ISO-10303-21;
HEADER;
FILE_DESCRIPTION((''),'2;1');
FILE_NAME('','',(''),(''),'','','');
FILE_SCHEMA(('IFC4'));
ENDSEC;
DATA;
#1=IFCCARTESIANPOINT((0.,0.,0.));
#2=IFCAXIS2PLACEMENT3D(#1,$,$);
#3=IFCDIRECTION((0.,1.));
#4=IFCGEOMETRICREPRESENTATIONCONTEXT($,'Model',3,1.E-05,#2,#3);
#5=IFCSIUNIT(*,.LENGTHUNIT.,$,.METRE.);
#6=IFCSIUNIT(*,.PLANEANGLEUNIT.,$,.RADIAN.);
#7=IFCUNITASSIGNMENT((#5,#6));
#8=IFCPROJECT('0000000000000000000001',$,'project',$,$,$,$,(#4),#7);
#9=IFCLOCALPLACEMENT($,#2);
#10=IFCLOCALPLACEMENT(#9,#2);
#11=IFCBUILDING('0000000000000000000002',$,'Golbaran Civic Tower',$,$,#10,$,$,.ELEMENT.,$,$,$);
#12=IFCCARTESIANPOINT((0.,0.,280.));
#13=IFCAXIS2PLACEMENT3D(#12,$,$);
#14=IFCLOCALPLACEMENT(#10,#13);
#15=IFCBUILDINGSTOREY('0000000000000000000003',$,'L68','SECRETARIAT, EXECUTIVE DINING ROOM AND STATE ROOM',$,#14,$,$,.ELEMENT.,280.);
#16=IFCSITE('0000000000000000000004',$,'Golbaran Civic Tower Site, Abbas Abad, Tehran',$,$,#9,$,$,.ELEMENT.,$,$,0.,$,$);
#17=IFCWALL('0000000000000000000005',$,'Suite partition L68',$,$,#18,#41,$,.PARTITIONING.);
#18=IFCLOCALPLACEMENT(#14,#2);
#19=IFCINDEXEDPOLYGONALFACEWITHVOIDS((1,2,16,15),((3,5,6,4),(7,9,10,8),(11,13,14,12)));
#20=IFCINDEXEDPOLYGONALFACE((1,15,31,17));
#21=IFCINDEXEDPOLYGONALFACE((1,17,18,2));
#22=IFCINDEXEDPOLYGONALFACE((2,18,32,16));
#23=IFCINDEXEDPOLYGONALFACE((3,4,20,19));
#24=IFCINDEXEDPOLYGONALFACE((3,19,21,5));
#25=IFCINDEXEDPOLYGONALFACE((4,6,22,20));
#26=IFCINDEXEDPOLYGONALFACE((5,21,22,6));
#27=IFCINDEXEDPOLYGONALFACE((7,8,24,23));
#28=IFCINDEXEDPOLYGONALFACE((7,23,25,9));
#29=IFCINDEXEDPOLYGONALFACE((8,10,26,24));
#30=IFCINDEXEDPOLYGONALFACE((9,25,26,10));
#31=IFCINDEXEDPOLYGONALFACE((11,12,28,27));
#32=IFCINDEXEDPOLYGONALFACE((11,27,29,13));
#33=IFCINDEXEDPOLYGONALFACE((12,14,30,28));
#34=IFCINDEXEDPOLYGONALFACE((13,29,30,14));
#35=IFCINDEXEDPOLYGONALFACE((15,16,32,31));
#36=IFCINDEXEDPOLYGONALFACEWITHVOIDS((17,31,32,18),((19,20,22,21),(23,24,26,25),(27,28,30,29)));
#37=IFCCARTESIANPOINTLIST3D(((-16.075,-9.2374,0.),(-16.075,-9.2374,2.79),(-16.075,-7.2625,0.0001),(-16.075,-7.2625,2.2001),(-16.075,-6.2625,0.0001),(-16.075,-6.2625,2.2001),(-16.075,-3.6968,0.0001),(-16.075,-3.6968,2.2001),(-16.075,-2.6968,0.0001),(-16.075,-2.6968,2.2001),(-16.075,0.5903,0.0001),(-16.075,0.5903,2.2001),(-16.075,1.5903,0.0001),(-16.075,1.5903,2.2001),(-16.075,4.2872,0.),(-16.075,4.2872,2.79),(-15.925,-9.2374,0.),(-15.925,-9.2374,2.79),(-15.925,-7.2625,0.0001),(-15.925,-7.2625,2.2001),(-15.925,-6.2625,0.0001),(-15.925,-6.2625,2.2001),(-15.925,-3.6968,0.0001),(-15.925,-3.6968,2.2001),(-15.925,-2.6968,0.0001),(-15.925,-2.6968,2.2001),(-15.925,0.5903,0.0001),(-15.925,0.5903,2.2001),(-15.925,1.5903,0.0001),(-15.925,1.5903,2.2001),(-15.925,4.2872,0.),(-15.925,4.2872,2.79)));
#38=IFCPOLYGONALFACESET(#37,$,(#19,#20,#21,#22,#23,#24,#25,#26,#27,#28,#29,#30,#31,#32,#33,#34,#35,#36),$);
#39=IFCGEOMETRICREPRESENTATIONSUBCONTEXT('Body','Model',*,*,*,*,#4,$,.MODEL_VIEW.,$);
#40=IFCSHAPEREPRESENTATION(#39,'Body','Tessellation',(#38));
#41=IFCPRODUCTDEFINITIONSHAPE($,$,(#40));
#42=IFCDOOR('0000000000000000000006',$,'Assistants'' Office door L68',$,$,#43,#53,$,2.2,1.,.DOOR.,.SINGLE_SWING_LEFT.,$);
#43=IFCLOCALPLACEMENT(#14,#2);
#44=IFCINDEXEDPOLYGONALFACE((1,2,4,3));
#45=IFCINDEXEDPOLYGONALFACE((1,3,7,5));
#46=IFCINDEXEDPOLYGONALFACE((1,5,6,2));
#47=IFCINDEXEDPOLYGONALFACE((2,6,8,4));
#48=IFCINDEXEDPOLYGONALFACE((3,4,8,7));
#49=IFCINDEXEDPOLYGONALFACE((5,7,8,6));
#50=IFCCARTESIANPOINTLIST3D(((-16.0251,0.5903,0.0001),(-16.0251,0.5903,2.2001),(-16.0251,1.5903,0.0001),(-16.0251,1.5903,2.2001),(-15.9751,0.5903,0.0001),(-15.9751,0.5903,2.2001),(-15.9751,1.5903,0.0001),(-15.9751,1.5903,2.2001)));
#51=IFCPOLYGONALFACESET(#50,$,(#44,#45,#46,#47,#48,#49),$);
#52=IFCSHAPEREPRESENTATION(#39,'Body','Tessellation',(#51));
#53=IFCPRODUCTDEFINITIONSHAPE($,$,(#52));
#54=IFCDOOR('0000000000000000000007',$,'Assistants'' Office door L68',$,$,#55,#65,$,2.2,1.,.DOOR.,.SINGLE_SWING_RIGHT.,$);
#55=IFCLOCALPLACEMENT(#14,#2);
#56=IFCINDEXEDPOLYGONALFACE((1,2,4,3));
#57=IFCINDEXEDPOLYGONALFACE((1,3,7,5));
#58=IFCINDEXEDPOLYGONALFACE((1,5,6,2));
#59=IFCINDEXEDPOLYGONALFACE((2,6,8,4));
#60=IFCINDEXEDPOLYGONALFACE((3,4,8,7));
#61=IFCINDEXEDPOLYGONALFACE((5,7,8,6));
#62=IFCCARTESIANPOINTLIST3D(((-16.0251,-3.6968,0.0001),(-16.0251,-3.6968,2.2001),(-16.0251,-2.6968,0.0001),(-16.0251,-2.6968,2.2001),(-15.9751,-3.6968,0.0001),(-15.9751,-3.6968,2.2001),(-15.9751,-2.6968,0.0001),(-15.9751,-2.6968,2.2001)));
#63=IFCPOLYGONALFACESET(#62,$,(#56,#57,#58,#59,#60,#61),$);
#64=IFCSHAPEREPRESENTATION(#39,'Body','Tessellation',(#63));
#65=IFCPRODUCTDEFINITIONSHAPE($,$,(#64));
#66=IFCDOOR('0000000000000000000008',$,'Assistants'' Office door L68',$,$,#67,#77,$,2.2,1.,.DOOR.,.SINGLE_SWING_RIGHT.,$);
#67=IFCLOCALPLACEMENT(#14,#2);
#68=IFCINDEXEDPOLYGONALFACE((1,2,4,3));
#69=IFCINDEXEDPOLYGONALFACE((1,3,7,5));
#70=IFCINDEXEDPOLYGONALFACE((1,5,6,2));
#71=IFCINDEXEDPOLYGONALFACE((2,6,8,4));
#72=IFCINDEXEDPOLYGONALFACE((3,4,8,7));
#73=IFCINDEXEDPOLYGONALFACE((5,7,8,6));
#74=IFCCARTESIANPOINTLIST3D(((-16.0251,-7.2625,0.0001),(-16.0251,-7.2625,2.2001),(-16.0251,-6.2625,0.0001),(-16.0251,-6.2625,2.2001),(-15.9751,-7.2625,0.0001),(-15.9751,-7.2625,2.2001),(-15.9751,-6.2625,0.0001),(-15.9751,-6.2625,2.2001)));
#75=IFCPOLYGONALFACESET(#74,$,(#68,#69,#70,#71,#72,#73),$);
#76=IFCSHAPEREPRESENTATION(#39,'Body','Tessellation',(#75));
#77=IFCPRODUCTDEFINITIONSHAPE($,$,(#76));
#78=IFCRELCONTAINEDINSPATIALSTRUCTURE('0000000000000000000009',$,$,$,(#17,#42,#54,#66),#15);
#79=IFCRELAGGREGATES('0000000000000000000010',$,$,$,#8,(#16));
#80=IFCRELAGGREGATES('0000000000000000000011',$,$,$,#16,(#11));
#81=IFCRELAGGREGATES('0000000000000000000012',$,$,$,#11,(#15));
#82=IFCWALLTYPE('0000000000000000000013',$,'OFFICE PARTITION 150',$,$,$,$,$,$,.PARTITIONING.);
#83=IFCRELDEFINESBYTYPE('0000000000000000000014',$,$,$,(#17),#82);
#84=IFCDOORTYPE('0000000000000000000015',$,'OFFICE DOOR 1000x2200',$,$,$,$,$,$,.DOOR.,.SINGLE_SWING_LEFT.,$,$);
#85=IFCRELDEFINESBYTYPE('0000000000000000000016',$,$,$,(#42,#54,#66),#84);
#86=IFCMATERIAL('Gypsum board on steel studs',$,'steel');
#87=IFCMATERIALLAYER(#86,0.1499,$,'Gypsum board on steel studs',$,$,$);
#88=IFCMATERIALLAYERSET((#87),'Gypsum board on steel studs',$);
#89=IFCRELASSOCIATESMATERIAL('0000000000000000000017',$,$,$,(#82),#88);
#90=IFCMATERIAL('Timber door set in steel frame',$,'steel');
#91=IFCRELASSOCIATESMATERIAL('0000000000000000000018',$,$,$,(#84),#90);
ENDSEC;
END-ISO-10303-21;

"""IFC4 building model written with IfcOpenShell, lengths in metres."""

from ifc_helpers import new_model, si_unit, direction, frame, frame_2d, origin, place, context, subcontext, project, spatial, rectangle, extrude, material, layer, layer_set, type_object, element, fill, save


model = new_model("IFC4")

# Units and contexts
model_context = context("Model", 3, precision=1e-05, world=origin(), true_north=direction((0.0, 1.0)))
body_context = subcontext(model_context, "Body", "Model", "MODEL_VIEW")
ifc_project = project(units=[si_unit("LENGTHUNIT", "METRE"), si_unit("PLANEANGLEUNIT", "RADIAN")], contexts=[model_context])

# Site, building, storey
site_placement = place(None, origin())
site = spatial("IfcSite", under=ifc_project, at=site_placement, Name="Golbaran Civic Tower Site, Abbas Abad, Tehran", CompositionType="ELEMENT", RefElevation=0.0)
building_placement = place(site_placement, origin())
building = spatial("IfcBuilding", under=site, at=building_placement, Name="Golbaran Civic Tower", CompositionType="ELEMENT")
storey_placement = place(building_placement, frame((0.0, 0.0, 280.0)))
storey = spatial("IfcBuildingStorey", under=building, at=storey_placement, Name="L68", Description="SECRETARIAT, EXECUTIVE DINING ROOM AND STATE ROOM", CompositionType="ELEMENT", Elevation=280.0)

# Shared definitions
ifc_material_1 = material(Name="Timber door set in steel frame", Category="steel")

# Shared definitions
ifc_material_2 = material(Name="Gypsum board on steel studs", Category="steel")
ifc_layer_1 = layer(ifc_material_2, 0.1499, Name="Gypsum board on steel studs")
ifc_layer_set_1 = layer_set([ifc_layer_1], Name="Gypsum board on steel studs")
wall_type_1 = type_object("IfcWallType", Name="OFFICE PARTITION 150", PredefinedType="PARTITIONING", material=ifc_layer_set_1)

# Wall, openings, doors
wall_1_placement = place(storey_placement, frame((-16.0, 4.2871, 0.0), z_axis=(0.0, 0.0, 1.0), x_axis=(0.0, -1.0, 0.0)))
wall_1 = element("IfcWall", 1, at=wall_1_placement, inside=storey, type_object=wall_type_1, Name="Suite partition L68", PredefinedType="PARTITIONING", context=body_context, shape_type="SweptSolid", body=[
    extrude(rectangle(XDim=13.5247, YDim=0.1499, at=frame_2d((6.7622, 0.0))), origin(), (0.0, 0.0, 1.0), 2.79),
])
opening_1_placement = place(wall_1_placement, frame((2.6968, 0.0, 0.0)))
opening_1 = element("IfcOpeningElement", 2, at=opening_1_placement, cuts=wall_1, PredefinedType="OPENING", context=body_context, shape_type="SweptSolid", body=[
    extrude(rectangle(XDim=1.0, YDim=2.2, at=frame_2d((0.5, 1.1001))), frame((0.0, 0.085, 0.0), z_axis=(0.0, -1.0, 0.0), x_axis=(1.0, 0.0, 0.0)), (0.0, 0.0, 1.0), 0.1699),
])
opening_2_placement = place(wall_1_placement, frame((6.9839, 0.0, 0.0)))
opening_2 = element("IfcOpeningElement", 3, at=opening_2_placement, cuts=wall_1, PredefinedType="OPENING", context=body_context, shape_type="SweptSolid", body=[
    extrude(rectangle(XDim=1.0, YDim=2.2, at=frame_2d((0.5, 1.1001))), frame((0.0, 0.085, 0.0), z_axis=(0.0, -1.0, 0.0), x_axis=(1.0, 0.0, 0.0)), (0.0, 0.0, 1.0), 0.1699),
])
opening_3_placement = place(wall_1_placement, frame((10.5496, 0.0, 0.0)))
opening_3 = element("IfcOpeningElement", 4, at=opening_3_placement, cuts=wall_1, PredefinedType="OPENING", context=body_context, shape_type="SweptSolid", body=[
    extrude(rectangle(XDim=1.0, YDim=2.2, at=frame_2d((0.5, 1.1001))), frame((0.0, 0.085, 0.0), z_axis=(0.0, -1.0, 0.0), x_axis=(1.0, 0.0, 0.0)), (0.0, 0.0, 1.0), 0.1699),
])
door_type_1 = type_object("IfcDoorType", Name="OFFICE DOOR 1000x2200", OperationType="SINGLE_SWING_LEFT", PredefinedType="DOOR", material=ifc_material_1)
door_1_placement = place(opening_1_placement, origin())
door_1 = element("IfcDoor", 5, at=door_1_placement, inside=storey, type_object=door_type_1, Name="Assistants' Office door L68", OperationType="SINGLE_SWING_LEFT", OverallHeight=2.2, OverallWidth=1.0, PredefinedType="DOOR", context=body_context, shape_type="SweptSolid", body=[
    extrude(rectangle(XDim=1.0, YDim=2.2, at=frame_2d((0.5, 1.1001))), frame((0.0, 0.0249, 0.0), z_axis=(0.0, -1.0, 0.0), x_axis=(1.0, 0.0, 0.0)), (0.0, 0.0, 1.0), 0.05),
])
fill(opening_1, door_1)
door_2_placement = place(opening_2_placement, origin())
door_2 = element("IfcDoor", 6, at=door_2_placement, inside=storey, type_object=door_type_1, Name="Assistants' Office door L68", OperationType="SINGLE_SWING_RIGHT", OverallHeight=2.2, OverallWidth=1.0, PredefinedType="DOOR", context=body_context, shape_type="SweptSolid", body=[
    extrude(rectangle(XDim=1.0, YDim=2.2, at=frame_2d((0.5, 1.1001))), frame((0.0, 0.0249, 0.0), z_axis=(0.0, -1.0, 0.0), x_axis=(1.0, 0.0, 0.0)), (0.0, 0.0, 1.0), 0.05),
])
fill(opening_2, door_2)
door_3_placement = place(opening_3_placement, origin())
door_3 = element("IfcDoor", 7, at=door_3_placement, inside=storey, type_object=door_type_1, Name="Assistants' Office door L68", OperationType="SINGLE_SWING_RIGHT", OverallHeight=2.2, OverallWidth=1.0, PredefinedType="DOOR", context=body_context, shape_type="SweptSolid", body=[
    extrude(rectangle(XDim=1.0, YDim=2.2, at=frame_2d((0.5, 1.1001))), frame((0.0, 0.0249, 0.0), z_axis=(0.0, -1.0, 0.0), x_axis=(1.0, 0.0, 0.0)), (0.0, 0.0, 1.0), 0.05),
])
fill(opening_3, door_3)

save(model, "model.ifc")
